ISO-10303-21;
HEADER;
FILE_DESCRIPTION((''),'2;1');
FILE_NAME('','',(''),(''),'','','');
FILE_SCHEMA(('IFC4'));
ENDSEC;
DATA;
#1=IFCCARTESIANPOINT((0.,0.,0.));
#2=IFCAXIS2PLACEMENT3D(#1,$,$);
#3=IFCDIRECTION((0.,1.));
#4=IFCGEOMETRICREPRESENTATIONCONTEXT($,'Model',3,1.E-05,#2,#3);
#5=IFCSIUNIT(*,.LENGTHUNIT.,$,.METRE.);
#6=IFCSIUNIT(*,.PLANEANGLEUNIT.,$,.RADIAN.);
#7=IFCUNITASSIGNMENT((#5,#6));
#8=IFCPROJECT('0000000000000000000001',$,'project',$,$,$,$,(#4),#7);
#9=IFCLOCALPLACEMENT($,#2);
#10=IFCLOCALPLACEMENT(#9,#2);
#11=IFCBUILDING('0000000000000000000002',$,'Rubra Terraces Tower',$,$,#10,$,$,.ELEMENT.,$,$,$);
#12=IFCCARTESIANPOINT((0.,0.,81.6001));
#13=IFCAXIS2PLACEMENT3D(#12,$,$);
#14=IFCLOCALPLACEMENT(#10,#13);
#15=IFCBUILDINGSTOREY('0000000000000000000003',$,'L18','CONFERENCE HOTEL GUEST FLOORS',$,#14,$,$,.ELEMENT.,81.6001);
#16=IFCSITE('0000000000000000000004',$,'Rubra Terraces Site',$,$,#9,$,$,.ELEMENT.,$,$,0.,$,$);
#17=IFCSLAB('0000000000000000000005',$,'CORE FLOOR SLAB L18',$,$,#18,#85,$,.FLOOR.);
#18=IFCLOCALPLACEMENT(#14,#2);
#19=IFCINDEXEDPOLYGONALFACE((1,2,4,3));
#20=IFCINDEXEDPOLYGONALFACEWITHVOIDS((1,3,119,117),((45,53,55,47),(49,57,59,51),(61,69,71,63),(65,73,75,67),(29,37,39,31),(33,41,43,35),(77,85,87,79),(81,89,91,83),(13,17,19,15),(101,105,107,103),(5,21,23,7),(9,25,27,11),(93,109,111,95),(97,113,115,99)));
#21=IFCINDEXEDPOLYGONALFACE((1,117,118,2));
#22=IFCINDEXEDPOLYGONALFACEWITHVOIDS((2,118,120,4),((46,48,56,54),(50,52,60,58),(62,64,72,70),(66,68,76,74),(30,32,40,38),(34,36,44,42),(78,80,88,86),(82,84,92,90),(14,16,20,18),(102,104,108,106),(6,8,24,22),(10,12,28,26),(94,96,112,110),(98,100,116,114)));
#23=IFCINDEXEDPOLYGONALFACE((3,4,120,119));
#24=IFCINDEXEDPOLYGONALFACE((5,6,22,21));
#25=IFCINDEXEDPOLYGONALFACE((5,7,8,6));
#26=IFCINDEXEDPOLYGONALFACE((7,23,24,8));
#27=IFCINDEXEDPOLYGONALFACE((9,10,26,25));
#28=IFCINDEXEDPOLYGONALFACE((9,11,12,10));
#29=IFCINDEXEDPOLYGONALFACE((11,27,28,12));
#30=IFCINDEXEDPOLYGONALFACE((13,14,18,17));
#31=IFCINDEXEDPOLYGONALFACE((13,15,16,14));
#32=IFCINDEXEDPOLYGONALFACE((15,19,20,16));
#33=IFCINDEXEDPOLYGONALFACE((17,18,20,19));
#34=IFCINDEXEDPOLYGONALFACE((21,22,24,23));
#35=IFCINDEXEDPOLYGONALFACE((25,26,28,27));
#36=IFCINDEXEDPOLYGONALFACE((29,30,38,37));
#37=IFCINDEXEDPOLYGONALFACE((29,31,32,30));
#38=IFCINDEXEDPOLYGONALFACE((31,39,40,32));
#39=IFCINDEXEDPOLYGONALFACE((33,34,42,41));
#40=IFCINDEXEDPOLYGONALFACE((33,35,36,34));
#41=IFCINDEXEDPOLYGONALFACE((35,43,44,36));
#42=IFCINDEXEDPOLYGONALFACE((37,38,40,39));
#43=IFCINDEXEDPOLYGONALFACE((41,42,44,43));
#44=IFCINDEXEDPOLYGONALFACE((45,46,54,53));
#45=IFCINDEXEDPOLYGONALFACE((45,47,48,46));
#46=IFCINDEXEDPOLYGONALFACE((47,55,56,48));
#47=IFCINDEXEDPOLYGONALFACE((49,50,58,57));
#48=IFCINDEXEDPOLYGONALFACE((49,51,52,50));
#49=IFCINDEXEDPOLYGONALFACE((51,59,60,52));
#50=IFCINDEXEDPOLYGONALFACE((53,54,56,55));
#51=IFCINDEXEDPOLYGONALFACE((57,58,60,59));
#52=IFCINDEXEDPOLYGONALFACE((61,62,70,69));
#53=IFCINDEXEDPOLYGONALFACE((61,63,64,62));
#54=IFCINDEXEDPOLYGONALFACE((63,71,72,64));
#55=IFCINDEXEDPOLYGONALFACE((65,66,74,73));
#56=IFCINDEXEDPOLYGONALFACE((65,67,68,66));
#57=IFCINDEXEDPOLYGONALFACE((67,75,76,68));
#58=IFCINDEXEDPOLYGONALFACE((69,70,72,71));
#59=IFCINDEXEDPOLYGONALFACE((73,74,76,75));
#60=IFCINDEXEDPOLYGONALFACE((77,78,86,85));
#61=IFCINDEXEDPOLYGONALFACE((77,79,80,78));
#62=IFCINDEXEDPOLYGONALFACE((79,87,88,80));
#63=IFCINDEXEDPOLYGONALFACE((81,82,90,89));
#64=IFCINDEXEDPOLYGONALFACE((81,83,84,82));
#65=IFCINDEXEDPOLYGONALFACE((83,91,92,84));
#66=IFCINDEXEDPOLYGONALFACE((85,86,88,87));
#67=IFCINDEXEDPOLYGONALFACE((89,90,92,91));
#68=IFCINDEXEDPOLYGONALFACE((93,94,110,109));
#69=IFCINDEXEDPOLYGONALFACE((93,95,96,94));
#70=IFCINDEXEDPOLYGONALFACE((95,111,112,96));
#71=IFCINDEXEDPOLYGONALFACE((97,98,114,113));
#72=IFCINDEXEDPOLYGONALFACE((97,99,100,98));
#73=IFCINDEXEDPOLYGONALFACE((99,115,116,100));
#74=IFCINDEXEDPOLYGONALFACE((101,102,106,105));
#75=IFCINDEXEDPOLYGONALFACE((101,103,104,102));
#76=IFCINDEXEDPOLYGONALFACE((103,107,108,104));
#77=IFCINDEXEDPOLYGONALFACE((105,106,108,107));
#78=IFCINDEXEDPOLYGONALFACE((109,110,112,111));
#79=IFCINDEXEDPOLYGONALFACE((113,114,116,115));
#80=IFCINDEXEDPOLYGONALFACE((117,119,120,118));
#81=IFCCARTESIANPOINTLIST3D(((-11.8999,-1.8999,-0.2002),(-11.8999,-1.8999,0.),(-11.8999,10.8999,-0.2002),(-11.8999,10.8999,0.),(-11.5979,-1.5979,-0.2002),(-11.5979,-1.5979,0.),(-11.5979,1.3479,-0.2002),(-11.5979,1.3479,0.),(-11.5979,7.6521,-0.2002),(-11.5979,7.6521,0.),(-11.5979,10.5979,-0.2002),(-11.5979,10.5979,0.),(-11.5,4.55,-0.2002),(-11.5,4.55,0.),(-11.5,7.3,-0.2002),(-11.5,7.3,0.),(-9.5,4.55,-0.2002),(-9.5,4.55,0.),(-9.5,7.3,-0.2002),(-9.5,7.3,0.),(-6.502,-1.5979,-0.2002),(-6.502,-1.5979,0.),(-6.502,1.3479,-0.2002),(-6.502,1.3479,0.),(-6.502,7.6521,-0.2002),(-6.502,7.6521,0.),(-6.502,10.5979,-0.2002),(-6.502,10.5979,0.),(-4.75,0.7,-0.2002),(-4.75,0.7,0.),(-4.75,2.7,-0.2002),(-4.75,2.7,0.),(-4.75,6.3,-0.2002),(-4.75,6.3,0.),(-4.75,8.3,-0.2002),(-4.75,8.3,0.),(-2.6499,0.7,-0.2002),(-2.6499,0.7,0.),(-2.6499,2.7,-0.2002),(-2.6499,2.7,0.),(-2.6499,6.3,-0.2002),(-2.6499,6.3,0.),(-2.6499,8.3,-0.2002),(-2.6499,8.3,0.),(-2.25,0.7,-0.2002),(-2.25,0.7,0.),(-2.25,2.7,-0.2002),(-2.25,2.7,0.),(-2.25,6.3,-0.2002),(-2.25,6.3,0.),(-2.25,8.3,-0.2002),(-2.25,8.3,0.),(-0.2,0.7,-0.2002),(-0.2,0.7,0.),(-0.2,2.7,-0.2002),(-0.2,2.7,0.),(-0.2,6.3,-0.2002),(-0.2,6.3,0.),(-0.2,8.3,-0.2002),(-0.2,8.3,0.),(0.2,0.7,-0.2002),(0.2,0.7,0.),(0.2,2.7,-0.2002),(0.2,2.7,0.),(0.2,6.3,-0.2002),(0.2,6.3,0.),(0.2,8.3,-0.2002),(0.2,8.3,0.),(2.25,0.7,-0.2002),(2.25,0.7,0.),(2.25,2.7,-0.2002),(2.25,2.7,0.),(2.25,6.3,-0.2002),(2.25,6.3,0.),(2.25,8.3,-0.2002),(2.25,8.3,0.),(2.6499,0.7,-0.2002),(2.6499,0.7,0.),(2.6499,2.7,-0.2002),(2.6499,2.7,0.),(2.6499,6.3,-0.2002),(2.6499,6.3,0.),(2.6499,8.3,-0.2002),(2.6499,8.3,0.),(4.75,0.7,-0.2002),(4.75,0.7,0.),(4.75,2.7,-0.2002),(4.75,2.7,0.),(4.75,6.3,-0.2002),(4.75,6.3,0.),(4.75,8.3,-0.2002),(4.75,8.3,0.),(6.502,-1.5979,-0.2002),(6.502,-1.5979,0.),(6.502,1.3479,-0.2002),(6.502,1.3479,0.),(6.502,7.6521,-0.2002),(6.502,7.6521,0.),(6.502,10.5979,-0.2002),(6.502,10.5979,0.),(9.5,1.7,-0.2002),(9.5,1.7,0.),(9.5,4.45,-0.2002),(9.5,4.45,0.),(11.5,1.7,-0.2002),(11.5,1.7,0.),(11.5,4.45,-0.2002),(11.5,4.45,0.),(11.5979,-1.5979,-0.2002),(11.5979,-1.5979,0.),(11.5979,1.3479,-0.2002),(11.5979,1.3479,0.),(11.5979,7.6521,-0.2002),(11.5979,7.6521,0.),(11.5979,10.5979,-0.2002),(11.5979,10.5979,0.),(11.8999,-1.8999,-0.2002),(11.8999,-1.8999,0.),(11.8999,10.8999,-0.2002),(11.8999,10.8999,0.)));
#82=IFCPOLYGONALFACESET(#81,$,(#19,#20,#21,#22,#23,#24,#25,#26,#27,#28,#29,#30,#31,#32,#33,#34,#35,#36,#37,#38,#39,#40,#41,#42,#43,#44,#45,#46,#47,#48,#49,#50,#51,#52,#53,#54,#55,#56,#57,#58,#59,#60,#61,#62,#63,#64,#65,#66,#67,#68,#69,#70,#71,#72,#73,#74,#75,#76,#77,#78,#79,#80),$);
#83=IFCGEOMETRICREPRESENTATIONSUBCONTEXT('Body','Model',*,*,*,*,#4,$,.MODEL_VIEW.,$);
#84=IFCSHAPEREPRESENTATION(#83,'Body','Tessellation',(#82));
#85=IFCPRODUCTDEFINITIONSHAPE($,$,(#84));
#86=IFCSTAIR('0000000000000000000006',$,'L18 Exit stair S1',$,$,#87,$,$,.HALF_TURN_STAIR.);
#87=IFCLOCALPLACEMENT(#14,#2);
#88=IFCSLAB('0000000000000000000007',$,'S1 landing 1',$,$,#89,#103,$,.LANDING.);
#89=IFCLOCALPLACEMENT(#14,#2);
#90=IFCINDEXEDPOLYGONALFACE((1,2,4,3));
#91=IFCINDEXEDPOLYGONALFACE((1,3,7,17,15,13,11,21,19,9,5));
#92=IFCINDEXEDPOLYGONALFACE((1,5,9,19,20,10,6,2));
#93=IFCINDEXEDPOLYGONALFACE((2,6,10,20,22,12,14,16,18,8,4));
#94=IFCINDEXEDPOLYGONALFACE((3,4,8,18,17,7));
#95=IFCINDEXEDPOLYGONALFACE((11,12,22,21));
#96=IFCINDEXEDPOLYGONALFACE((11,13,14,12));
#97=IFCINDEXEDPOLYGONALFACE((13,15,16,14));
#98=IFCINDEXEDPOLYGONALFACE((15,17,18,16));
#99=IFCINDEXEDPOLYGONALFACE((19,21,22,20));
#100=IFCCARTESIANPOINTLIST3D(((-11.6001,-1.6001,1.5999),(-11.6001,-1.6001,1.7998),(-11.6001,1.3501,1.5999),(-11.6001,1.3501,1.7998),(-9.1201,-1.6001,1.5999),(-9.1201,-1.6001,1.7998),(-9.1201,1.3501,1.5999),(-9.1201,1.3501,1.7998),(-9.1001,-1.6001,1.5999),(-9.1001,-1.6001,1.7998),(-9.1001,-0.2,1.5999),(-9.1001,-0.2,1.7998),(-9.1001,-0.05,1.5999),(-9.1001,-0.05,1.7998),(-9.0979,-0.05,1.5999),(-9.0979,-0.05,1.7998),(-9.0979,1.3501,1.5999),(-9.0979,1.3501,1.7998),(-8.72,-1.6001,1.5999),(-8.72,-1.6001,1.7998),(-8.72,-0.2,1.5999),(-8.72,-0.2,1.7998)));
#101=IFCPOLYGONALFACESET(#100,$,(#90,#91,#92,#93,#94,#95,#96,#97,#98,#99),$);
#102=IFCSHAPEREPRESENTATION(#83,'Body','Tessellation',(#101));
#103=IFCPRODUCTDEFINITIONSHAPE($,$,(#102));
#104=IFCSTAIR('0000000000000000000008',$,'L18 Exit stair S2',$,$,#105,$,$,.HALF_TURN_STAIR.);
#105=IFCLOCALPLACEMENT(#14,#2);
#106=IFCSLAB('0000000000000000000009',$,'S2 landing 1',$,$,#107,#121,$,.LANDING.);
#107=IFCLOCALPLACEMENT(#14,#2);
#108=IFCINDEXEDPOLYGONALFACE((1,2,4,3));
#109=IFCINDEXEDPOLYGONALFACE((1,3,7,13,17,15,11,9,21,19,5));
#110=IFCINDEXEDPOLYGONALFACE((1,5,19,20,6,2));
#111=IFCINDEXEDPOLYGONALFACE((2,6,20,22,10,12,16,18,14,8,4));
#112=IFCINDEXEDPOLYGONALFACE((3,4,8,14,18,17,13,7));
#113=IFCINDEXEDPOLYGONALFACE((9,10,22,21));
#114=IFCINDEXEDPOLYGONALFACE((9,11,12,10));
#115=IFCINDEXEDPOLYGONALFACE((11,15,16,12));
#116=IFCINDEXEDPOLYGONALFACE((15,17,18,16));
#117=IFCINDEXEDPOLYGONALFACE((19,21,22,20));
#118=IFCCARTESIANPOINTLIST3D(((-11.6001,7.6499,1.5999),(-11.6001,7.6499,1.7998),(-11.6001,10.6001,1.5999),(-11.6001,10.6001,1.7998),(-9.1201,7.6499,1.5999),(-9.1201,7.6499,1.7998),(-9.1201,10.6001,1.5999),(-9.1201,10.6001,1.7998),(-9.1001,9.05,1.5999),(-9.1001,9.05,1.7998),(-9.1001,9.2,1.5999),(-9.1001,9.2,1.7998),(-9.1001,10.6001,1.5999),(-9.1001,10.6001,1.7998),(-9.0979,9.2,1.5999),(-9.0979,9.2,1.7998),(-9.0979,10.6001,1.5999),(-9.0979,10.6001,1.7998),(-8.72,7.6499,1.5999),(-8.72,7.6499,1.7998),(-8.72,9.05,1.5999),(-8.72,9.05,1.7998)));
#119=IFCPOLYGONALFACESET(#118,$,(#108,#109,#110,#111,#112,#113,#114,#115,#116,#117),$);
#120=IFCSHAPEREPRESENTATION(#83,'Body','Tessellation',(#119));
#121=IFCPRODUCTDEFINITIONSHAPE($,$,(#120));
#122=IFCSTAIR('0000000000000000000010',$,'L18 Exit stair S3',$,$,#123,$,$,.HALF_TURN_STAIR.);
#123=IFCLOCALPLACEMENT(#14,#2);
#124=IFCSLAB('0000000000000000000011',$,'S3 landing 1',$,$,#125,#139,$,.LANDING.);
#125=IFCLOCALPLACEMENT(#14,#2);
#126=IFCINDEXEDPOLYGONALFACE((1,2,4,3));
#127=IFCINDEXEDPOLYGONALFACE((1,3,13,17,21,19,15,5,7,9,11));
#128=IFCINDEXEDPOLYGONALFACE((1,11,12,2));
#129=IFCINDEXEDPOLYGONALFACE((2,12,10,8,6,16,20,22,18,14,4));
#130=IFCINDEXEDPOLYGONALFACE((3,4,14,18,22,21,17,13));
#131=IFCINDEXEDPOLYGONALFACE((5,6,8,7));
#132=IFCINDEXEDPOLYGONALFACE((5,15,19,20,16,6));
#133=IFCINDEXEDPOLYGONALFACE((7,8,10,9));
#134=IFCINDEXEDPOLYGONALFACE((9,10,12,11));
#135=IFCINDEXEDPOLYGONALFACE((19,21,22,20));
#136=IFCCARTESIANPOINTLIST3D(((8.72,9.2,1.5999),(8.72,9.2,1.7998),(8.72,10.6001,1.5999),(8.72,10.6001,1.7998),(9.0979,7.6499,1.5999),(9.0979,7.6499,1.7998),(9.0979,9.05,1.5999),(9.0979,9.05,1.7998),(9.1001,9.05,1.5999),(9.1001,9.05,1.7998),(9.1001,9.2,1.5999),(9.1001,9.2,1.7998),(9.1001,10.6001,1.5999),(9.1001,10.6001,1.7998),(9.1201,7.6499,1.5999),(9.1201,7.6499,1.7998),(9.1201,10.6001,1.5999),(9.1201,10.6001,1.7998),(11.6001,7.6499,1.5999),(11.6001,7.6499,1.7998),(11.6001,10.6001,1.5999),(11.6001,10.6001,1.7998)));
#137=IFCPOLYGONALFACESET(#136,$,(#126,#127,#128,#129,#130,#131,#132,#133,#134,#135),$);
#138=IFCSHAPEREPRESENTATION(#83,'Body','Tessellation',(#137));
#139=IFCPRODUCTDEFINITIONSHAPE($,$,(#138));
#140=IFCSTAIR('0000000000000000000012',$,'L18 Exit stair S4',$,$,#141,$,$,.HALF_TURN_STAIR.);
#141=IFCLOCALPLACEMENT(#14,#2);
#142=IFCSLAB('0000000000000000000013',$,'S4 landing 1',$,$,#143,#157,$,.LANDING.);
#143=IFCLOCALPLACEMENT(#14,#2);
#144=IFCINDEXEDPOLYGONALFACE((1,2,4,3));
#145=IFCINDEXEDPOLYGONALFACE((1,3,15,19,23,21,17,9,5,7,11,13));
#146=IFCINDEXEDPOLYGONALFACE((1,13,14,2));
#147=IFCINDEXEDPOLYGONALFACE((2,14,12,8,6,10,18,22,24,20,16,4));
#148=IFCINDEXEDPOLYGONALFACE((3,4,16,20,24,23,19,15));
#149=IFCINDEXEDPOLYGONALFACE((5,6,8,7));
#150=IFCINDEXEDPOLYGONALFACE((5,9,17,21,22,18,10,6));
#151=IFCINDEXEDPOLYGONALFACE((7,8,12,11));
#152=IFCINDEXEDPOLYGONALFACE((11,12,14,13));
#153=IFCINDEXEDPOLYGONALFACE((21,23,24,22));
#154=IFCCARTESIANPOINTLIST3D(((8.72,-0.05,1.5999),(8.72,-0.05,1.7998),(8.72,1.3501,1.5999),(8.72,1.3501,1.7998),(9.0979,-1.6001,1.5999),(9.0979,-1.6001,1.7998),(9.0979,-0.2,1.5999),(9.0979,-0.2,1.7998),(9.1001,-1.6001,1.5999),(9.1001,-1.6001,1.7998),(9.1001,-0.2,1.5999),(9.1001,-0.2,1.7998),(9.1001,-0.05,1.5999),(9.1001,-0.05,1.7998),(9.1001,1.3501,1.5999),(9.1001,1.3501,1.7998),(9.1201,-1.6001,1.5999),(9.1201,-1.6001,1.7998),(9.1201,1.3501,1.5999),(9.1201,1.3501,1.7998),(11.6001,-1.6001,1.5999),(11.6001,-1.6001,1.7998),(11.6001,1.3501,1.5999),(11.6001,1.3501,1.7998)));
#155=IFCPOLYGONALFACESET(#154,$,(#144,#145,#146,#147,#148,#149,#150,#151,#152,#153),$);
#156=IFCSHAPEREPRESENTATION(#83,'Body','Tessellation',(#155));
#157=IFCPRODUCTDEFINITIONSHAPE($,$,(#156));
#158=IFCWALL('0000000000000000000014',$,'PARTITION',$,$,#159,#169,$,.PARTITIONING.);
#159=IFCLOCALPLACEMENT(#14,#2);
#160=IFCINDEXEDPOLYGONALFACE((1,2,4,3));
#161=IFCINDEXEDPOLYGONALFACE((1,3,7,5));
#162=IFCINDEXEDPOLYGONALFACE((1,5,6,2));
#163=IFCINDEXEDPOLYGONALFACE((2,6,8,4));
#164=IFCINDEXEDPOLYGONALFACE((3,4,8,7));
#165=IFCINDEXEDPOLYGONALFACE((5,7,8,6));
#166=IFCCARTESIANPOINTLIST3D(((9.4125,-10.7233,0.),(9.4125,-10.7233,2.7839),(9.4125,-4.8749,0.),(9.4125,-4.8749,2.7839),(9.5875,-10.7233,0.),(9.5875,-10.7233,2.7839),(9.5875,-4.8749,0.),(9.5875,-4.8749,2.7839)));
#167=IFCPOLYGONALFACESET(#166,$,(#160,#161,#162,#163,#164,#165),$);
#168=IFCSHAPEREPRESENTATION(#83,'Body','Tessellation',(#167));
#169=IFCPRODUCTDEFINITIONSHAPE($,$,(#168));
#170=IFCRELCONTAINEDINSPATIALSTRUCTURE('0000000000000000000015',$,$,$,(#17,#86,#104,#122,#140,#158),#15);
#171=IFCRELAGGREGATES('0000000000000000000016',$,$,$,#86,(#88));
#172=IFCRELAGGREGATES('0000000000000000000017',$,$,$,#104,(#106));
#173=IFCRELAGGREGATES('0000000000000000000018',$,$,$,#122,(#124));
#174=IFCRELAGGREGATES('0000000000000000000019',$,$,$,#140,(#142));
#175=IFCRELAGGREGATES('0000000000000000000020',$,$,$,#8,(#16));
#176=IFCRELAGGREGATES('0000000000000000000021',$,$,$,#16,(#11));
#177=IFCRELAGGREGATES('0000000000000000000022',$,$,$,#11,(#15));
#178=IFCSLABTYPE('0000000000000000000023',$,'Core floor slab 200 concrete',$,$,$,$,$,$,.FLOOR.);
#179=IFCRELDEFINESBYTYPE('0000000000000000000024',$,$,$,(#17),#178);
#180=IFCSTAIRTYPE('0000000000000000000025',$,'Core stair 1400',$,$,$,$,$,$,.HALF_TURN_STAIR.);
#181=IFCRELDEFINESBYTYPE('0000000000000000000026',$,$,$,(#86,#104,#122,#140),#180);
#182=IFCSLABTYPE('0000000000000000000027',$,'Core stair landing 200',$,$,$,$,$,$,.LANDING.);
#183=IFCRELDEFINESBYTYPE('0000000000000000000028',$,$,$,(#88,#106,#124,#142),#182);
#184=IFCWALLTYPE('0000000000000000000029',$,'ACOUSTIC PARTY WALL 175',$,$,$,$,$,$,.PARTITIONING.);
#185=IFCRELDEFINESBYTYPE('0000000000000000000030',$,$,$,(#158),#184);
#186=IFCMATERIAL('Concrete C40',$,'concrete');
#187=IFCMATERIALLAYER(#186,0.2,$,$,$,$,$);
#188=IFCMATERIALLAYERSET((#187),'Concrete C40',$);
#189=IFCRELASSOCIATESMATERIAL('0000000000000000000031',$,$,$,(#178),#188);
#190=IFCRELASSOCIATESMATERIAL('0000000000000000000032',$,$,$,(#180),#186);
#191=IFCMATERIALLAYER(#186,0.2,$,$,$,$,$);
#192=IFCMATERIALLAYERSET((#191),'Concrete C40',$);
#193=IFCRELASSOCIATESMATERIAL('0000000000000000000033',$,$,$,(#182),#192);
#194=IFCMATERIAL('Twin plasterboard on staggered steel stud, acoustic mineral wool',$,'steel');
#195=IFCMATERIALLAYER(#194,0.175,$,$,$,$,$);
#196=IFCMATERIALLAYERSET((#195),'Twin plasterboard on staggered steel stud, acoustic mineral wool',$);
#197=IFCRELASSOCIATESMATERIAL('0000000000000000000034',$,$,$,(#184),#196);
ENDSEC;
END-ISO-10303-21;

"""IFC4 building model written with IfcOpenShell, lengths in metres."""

from ifc_helpers import new_model, si_unit, direction, frame, frame_2d, origin, place, context, subcontext, project, spatial, polyline, rectangle, outline, extrude, material, layer, layer_set, type_object, element, aggregate, save


model = new_model("IFC4")

# Units and contexts
model_context = context("Model", 3, precision=1e-05, world=origin(), true_north=direction((0.0, 1.0)))
body_context = subcontext(model_context, "Body", "Model", "MODEL_VIEW")
ifc_project = project(units=[si_unit("LENGTHUNIT", "METRE"), si_unit("PLANEANGLEUNIT", "RADIAN")], contexts=[model_context])

# Site, building, storey
site_placement = place(None, origin())
site = spatial("IfcSite", under=ifc_project, at=site_placement, Name="Rubra Terraces Site", CompositionType="ELEMENT", RefElevation=0.0)
building_placement = place(site_placement, origin())
building = spatial("IfcBuilding", under=site, at=building_placement, Name="Rubra Terraces Tower", CompositionType="ELEMENT")
storey_placement = place(building_placement, frame((0.0, 0.0, 81.6001)))
storey = spatial("IfcBuildingStorey", under=building, at=storey_placement, Name="L18", Description="CONFERENCE HOTEL GUEST FLOORS", CompositionType="ELEMENT", Elevation=81.6001)

# Slab
ifc_material_1 = material(Name="Concrete C40", Category="concrete")
ifc_layer_1 = layer(ifc_material_1, 0.2)
ifc_layer_set_1 = layer_set([ifc_layer_1], Name="Concrete C40")
slab_type_1 = type_object("IfcSlabType", Name="Core floor slab 200 concrete", PredefinedType="FLOOR", material=ifc_layer_set_1)
slab_1_placement = place(storey_placement, frame((0.0, 0.0, -0.2002)))
element("IfcSlab", 1, at=slab_1_placement, inside=storey, type_object=slab_type_1, Name="CORE FLOOR SLAB L18", PredefinedType="FLOOR", context=body_context, shape_type="SweptSolid", body=[
    extrude(outline(polyline([(-11.8999, -1.8999), (-11.8999, 10.8999), (11.8999, 10.8999), (11.8999, -1.8999), (-11.8999, -1.8999)]), holes=[polyline([(11.5979, 1.3479), (6.502, 1.3479), (6.502, -1.5979), (11.5979, -1.5979), (11.5979, 1.3479)]), polyline([(11.5979, 7.6521), (11.5979, 10.5979), (6.502, 10.5979), (6.502, 7.6521), (11.5979, 7.6521)]), polyline([(9.5, 1.7), (11.5, 1.7), (11.5, 4.45), (9.5, 4.45), (9.5, 1.7)]), polyline([(4.75, 0.7), (4.75, 2.7), (2.6499, 2.7), (2.6499, 0.7), (4.75, 0.7)]), polyline([(4.75, 6.3), (4.75, 8.3), (2.6499, 8.3), (2.6499, 6.3), (4.75, 6.3)]), polyline([(2.25, 0.7), (2.25, 2.7), (0.2, 2.7), (0.2, 0.7), (2.25, 0.7)]), polyline([(2.25, 6.3), (2.25, 8.3), (0.2, 8.3), (0.2, 6.3), (2.25, 6.3)]), polyline([(-0.2, 0.7), (-0.2, 2.7), (-2.25, 2.7), (-2.25, 0.7), (-0.2, 0.7)]), polyline([(-0.2, 6.3), (-0.2, 8.3), (-2.25, 8.3), (-2.25, 6.3), (-0.2, 6.3)]), polyline([(-2.6499, 0.7), (-2.6499, 2.7), (-4.75, 2.7), (-4.75, 0.7), (-2.6499, 0.7)]), polyline([(-2.6499, 8.3), (-4.75, 8.3), (-4.75, 6.3), (-2.6499, 6.3), (-2.6499, 8.3)]), polyline([(-11.5979, -1.5979), (-6.502, -1.5979), (-6.502, 1.3479), (-11.5979, 1.3479), (-11.5979, -1.5979)]), polyline([(-11.5979, 10.5979), (-11.5979, 7.6521), (-6.502, 7.6521), (-6.502, 10.5979), (-11.5979, 10.5979)]), polyline([(-9.5, 4.55), (-9.5, 7.3), (-11.5, 7.3), (-11.5, 4.55), (-9.5, 4.55)])]), origin(), (0.0, 0.0, 1.0), 0.2002),
])

# Stairs, slabs
stair_type = type_object("IfcStairType", Name="Core stair 1400", PredefinedType="HALF_TURN_STAIR", material=ifc_material_1)
stair_1_placement = place(storey_placement, origin())
stair_1 = element("IfcStair", 2, at=stair_1_placement, inside=storey, type_object=stair_type, Name="L18 Exit stair S1", PredefinedType="HALF_TURN_STAIR")
ifc_layer_2 = layer(ifc_material_1, 0.2)
ifc_layer_set_2 = layer_set([ifc_layer_2], Name="Concrete C40")
slab_type_2 = type_object("IfcSlabType", Name="Core stair landing 200", PredefinedType="LANDING", material=ifc_layer_set_2)
slab_2_placement = place(storey_placement, frame((0.0, 0.0, 1.5999)))
slab_2 = element("IfcSlab", 3, at=slab_2_placement, type_object=slab_type_2, Name="S1 landing 1", PredefinedType="LANDING", context=body_context, shape_type="SweptSolid", body=[
    extrude(outline(polyline([(-8.72, -0.2), (-8.72, -1.6001), (-9.1001, -1.6001), (-9.1201, -1.6001), (-11.6001, -1.6001), (-11.6001, 1.3501), (-9.1201, 1.3501), (-9.0979, 1.3501), (-9.0979, -0.05), (-9.1001, -0.05), (-9.1001, -0.2), (-8.72, -0.2)])), origin(), (0.0, 0.0, 1.0), 0.2),
])
aggregate(stair_1, [slab_2])
stair_2_placement = place(storey_placement, origin())
stair_2 = element("IfcStair", 4, at=stair_2_placement, inside=storey, type_object=stair_type, Name="L18 Exit stair S2", PredefinedType="HALF_TURN_STAIR")
slab_3_placement = place(storey_placement, frame((0.0, 0.0, 1.5999)))
slab_3 = element("IfcSlab", 5, at=slab_3_placement, type_object=slab_type_2, Name="S2 landing 1", PredefinedType="LANDING", context=body_context, shape_type="SweptSolid", body=[
    extrude(outline(polyline([(-8.72, 9.05), (-8.72, 7.6499), (-9.1201, 7.6499), (-11.6001, 7.6499), (-11.6001, 10.6001), (-9.1201, 10.6001), (-9.1001, 10.6001), (-9.0979, 10.6001), (-9.0979, 9.2), (-9.1001, 9.2), (-9.1001, 9.05), (-8.72, 9.05)])), origin(), (0.0, 0.0, 1.0), 0.2),
])
aggregate(stair_2, [slab_3])
stair_3_placement = place(storey_placement, origin())
stair_3 = element("IfcStair", 6, at=stair_3_placement, inside=storey, type_object=stair_type, Name="L18 Exit stair S3", PredefinedType="HALF_TURN_STAIR")
slab_4_placement = place(storey_placement, frame((0.0, 0.0, 1.5999)))
slab_4 = element("IfcSlab", 7, at=slab_4_placement, type_object=slab_type_2, Name="S3 landing 1", PredefinedType="LANDING", context=body_context, shape_type="SweptSolid", body=[
    extrude(outline(polyline([(9.1001, 9.05), (9.1001, 9.2), (8.72, 9.2), (8.72, 10.6001), (9.1001, 10.6001), (9.1201, 10.6001), (11.6001, 10.6001), (11.6001, 7.6499), (9.1201, 7.6499), (9.0979, 7.6499), (9.0979, 9.05), (9.1001, 9.05)])), origin(), (0.0, 0.0, 1.0), 0.2),
])
aggregate(stair_3, [slab_4])
stair_4_placement = place(storey_placement, origin())
stair_4 = element("IfcStair", 8, at=stair_4_placement, inside=storey, type_object=stair_type, Name="L18 Exit stair S4", PredefinedType="HALF_TURN_STAIR")
slab_5_placement = place(storey_placement, frame((0.0, 0.0, 1.5999)))
slab_5 = element("IfcSlab", 9, at=slab_5_placement, type_object=slab_type_2, Name="S4 landing 1", PredefinedType="LANDING", context=body_context, shape_type="SweptSolid", body=[
    extrude(outline(polyline([(9.1001, -0.2), (9.1001, -0.05), (8.72, -0.05), (8.72, 1.3501), (9.1001, 1.3501), (9.1201, 1.3501), (11.6001, 1.3501), (11.6001, -1.6001), (9.1201, -1.6001), (9.1001, -1.6001), (9.0979, -1.6001), (9.0979, -0.2), (9.1001, -0.2)])), origin(), (0.0, 0.0, 1.0), 0.2),
])

# Wall
ifc_material_2 = material(Name="Twin plasterboard on staggered steel stud, acoustic mineral wool", Category="steel")
ifc_layer_3 = layer(ifc_material_2, 0.175)
ifc_layer_set_3 = layer_set([ifc_layer_3], Name="Twin plasterboard on staggered steel stud, acoustic mineral wool")
wall_type_1 = type_object("IfcWallType", Name="ACOUSTIC PARTY WALL 175", PredefinedType="PARTITIONING", material=ifc_layer_set_3)
wall_1_placement = place(storey_placement, frame((9.5, -10.7234, 0.0), z_axis=(0.0, 0.0, 1.0), x_axis=(0.0, 1.0, 0.0)))
element("IfcWall", 10, at=wall_1_placement, inside=storey, type_object=wall_type_1, Name="PARTITION", PredefinedType="PARTITIONING", context=body_context, shape_type="SweptSolid", body=[
    extrude(rectangle(XDim=5.8484, YDim=0.175, at=frame_2d((2.9243, 0.0))), origin(), (0.0, 0.0, 1.0), 2.7839),
])

aggregate(stair_4, [slab_5])

save(model, "model.ifc")
